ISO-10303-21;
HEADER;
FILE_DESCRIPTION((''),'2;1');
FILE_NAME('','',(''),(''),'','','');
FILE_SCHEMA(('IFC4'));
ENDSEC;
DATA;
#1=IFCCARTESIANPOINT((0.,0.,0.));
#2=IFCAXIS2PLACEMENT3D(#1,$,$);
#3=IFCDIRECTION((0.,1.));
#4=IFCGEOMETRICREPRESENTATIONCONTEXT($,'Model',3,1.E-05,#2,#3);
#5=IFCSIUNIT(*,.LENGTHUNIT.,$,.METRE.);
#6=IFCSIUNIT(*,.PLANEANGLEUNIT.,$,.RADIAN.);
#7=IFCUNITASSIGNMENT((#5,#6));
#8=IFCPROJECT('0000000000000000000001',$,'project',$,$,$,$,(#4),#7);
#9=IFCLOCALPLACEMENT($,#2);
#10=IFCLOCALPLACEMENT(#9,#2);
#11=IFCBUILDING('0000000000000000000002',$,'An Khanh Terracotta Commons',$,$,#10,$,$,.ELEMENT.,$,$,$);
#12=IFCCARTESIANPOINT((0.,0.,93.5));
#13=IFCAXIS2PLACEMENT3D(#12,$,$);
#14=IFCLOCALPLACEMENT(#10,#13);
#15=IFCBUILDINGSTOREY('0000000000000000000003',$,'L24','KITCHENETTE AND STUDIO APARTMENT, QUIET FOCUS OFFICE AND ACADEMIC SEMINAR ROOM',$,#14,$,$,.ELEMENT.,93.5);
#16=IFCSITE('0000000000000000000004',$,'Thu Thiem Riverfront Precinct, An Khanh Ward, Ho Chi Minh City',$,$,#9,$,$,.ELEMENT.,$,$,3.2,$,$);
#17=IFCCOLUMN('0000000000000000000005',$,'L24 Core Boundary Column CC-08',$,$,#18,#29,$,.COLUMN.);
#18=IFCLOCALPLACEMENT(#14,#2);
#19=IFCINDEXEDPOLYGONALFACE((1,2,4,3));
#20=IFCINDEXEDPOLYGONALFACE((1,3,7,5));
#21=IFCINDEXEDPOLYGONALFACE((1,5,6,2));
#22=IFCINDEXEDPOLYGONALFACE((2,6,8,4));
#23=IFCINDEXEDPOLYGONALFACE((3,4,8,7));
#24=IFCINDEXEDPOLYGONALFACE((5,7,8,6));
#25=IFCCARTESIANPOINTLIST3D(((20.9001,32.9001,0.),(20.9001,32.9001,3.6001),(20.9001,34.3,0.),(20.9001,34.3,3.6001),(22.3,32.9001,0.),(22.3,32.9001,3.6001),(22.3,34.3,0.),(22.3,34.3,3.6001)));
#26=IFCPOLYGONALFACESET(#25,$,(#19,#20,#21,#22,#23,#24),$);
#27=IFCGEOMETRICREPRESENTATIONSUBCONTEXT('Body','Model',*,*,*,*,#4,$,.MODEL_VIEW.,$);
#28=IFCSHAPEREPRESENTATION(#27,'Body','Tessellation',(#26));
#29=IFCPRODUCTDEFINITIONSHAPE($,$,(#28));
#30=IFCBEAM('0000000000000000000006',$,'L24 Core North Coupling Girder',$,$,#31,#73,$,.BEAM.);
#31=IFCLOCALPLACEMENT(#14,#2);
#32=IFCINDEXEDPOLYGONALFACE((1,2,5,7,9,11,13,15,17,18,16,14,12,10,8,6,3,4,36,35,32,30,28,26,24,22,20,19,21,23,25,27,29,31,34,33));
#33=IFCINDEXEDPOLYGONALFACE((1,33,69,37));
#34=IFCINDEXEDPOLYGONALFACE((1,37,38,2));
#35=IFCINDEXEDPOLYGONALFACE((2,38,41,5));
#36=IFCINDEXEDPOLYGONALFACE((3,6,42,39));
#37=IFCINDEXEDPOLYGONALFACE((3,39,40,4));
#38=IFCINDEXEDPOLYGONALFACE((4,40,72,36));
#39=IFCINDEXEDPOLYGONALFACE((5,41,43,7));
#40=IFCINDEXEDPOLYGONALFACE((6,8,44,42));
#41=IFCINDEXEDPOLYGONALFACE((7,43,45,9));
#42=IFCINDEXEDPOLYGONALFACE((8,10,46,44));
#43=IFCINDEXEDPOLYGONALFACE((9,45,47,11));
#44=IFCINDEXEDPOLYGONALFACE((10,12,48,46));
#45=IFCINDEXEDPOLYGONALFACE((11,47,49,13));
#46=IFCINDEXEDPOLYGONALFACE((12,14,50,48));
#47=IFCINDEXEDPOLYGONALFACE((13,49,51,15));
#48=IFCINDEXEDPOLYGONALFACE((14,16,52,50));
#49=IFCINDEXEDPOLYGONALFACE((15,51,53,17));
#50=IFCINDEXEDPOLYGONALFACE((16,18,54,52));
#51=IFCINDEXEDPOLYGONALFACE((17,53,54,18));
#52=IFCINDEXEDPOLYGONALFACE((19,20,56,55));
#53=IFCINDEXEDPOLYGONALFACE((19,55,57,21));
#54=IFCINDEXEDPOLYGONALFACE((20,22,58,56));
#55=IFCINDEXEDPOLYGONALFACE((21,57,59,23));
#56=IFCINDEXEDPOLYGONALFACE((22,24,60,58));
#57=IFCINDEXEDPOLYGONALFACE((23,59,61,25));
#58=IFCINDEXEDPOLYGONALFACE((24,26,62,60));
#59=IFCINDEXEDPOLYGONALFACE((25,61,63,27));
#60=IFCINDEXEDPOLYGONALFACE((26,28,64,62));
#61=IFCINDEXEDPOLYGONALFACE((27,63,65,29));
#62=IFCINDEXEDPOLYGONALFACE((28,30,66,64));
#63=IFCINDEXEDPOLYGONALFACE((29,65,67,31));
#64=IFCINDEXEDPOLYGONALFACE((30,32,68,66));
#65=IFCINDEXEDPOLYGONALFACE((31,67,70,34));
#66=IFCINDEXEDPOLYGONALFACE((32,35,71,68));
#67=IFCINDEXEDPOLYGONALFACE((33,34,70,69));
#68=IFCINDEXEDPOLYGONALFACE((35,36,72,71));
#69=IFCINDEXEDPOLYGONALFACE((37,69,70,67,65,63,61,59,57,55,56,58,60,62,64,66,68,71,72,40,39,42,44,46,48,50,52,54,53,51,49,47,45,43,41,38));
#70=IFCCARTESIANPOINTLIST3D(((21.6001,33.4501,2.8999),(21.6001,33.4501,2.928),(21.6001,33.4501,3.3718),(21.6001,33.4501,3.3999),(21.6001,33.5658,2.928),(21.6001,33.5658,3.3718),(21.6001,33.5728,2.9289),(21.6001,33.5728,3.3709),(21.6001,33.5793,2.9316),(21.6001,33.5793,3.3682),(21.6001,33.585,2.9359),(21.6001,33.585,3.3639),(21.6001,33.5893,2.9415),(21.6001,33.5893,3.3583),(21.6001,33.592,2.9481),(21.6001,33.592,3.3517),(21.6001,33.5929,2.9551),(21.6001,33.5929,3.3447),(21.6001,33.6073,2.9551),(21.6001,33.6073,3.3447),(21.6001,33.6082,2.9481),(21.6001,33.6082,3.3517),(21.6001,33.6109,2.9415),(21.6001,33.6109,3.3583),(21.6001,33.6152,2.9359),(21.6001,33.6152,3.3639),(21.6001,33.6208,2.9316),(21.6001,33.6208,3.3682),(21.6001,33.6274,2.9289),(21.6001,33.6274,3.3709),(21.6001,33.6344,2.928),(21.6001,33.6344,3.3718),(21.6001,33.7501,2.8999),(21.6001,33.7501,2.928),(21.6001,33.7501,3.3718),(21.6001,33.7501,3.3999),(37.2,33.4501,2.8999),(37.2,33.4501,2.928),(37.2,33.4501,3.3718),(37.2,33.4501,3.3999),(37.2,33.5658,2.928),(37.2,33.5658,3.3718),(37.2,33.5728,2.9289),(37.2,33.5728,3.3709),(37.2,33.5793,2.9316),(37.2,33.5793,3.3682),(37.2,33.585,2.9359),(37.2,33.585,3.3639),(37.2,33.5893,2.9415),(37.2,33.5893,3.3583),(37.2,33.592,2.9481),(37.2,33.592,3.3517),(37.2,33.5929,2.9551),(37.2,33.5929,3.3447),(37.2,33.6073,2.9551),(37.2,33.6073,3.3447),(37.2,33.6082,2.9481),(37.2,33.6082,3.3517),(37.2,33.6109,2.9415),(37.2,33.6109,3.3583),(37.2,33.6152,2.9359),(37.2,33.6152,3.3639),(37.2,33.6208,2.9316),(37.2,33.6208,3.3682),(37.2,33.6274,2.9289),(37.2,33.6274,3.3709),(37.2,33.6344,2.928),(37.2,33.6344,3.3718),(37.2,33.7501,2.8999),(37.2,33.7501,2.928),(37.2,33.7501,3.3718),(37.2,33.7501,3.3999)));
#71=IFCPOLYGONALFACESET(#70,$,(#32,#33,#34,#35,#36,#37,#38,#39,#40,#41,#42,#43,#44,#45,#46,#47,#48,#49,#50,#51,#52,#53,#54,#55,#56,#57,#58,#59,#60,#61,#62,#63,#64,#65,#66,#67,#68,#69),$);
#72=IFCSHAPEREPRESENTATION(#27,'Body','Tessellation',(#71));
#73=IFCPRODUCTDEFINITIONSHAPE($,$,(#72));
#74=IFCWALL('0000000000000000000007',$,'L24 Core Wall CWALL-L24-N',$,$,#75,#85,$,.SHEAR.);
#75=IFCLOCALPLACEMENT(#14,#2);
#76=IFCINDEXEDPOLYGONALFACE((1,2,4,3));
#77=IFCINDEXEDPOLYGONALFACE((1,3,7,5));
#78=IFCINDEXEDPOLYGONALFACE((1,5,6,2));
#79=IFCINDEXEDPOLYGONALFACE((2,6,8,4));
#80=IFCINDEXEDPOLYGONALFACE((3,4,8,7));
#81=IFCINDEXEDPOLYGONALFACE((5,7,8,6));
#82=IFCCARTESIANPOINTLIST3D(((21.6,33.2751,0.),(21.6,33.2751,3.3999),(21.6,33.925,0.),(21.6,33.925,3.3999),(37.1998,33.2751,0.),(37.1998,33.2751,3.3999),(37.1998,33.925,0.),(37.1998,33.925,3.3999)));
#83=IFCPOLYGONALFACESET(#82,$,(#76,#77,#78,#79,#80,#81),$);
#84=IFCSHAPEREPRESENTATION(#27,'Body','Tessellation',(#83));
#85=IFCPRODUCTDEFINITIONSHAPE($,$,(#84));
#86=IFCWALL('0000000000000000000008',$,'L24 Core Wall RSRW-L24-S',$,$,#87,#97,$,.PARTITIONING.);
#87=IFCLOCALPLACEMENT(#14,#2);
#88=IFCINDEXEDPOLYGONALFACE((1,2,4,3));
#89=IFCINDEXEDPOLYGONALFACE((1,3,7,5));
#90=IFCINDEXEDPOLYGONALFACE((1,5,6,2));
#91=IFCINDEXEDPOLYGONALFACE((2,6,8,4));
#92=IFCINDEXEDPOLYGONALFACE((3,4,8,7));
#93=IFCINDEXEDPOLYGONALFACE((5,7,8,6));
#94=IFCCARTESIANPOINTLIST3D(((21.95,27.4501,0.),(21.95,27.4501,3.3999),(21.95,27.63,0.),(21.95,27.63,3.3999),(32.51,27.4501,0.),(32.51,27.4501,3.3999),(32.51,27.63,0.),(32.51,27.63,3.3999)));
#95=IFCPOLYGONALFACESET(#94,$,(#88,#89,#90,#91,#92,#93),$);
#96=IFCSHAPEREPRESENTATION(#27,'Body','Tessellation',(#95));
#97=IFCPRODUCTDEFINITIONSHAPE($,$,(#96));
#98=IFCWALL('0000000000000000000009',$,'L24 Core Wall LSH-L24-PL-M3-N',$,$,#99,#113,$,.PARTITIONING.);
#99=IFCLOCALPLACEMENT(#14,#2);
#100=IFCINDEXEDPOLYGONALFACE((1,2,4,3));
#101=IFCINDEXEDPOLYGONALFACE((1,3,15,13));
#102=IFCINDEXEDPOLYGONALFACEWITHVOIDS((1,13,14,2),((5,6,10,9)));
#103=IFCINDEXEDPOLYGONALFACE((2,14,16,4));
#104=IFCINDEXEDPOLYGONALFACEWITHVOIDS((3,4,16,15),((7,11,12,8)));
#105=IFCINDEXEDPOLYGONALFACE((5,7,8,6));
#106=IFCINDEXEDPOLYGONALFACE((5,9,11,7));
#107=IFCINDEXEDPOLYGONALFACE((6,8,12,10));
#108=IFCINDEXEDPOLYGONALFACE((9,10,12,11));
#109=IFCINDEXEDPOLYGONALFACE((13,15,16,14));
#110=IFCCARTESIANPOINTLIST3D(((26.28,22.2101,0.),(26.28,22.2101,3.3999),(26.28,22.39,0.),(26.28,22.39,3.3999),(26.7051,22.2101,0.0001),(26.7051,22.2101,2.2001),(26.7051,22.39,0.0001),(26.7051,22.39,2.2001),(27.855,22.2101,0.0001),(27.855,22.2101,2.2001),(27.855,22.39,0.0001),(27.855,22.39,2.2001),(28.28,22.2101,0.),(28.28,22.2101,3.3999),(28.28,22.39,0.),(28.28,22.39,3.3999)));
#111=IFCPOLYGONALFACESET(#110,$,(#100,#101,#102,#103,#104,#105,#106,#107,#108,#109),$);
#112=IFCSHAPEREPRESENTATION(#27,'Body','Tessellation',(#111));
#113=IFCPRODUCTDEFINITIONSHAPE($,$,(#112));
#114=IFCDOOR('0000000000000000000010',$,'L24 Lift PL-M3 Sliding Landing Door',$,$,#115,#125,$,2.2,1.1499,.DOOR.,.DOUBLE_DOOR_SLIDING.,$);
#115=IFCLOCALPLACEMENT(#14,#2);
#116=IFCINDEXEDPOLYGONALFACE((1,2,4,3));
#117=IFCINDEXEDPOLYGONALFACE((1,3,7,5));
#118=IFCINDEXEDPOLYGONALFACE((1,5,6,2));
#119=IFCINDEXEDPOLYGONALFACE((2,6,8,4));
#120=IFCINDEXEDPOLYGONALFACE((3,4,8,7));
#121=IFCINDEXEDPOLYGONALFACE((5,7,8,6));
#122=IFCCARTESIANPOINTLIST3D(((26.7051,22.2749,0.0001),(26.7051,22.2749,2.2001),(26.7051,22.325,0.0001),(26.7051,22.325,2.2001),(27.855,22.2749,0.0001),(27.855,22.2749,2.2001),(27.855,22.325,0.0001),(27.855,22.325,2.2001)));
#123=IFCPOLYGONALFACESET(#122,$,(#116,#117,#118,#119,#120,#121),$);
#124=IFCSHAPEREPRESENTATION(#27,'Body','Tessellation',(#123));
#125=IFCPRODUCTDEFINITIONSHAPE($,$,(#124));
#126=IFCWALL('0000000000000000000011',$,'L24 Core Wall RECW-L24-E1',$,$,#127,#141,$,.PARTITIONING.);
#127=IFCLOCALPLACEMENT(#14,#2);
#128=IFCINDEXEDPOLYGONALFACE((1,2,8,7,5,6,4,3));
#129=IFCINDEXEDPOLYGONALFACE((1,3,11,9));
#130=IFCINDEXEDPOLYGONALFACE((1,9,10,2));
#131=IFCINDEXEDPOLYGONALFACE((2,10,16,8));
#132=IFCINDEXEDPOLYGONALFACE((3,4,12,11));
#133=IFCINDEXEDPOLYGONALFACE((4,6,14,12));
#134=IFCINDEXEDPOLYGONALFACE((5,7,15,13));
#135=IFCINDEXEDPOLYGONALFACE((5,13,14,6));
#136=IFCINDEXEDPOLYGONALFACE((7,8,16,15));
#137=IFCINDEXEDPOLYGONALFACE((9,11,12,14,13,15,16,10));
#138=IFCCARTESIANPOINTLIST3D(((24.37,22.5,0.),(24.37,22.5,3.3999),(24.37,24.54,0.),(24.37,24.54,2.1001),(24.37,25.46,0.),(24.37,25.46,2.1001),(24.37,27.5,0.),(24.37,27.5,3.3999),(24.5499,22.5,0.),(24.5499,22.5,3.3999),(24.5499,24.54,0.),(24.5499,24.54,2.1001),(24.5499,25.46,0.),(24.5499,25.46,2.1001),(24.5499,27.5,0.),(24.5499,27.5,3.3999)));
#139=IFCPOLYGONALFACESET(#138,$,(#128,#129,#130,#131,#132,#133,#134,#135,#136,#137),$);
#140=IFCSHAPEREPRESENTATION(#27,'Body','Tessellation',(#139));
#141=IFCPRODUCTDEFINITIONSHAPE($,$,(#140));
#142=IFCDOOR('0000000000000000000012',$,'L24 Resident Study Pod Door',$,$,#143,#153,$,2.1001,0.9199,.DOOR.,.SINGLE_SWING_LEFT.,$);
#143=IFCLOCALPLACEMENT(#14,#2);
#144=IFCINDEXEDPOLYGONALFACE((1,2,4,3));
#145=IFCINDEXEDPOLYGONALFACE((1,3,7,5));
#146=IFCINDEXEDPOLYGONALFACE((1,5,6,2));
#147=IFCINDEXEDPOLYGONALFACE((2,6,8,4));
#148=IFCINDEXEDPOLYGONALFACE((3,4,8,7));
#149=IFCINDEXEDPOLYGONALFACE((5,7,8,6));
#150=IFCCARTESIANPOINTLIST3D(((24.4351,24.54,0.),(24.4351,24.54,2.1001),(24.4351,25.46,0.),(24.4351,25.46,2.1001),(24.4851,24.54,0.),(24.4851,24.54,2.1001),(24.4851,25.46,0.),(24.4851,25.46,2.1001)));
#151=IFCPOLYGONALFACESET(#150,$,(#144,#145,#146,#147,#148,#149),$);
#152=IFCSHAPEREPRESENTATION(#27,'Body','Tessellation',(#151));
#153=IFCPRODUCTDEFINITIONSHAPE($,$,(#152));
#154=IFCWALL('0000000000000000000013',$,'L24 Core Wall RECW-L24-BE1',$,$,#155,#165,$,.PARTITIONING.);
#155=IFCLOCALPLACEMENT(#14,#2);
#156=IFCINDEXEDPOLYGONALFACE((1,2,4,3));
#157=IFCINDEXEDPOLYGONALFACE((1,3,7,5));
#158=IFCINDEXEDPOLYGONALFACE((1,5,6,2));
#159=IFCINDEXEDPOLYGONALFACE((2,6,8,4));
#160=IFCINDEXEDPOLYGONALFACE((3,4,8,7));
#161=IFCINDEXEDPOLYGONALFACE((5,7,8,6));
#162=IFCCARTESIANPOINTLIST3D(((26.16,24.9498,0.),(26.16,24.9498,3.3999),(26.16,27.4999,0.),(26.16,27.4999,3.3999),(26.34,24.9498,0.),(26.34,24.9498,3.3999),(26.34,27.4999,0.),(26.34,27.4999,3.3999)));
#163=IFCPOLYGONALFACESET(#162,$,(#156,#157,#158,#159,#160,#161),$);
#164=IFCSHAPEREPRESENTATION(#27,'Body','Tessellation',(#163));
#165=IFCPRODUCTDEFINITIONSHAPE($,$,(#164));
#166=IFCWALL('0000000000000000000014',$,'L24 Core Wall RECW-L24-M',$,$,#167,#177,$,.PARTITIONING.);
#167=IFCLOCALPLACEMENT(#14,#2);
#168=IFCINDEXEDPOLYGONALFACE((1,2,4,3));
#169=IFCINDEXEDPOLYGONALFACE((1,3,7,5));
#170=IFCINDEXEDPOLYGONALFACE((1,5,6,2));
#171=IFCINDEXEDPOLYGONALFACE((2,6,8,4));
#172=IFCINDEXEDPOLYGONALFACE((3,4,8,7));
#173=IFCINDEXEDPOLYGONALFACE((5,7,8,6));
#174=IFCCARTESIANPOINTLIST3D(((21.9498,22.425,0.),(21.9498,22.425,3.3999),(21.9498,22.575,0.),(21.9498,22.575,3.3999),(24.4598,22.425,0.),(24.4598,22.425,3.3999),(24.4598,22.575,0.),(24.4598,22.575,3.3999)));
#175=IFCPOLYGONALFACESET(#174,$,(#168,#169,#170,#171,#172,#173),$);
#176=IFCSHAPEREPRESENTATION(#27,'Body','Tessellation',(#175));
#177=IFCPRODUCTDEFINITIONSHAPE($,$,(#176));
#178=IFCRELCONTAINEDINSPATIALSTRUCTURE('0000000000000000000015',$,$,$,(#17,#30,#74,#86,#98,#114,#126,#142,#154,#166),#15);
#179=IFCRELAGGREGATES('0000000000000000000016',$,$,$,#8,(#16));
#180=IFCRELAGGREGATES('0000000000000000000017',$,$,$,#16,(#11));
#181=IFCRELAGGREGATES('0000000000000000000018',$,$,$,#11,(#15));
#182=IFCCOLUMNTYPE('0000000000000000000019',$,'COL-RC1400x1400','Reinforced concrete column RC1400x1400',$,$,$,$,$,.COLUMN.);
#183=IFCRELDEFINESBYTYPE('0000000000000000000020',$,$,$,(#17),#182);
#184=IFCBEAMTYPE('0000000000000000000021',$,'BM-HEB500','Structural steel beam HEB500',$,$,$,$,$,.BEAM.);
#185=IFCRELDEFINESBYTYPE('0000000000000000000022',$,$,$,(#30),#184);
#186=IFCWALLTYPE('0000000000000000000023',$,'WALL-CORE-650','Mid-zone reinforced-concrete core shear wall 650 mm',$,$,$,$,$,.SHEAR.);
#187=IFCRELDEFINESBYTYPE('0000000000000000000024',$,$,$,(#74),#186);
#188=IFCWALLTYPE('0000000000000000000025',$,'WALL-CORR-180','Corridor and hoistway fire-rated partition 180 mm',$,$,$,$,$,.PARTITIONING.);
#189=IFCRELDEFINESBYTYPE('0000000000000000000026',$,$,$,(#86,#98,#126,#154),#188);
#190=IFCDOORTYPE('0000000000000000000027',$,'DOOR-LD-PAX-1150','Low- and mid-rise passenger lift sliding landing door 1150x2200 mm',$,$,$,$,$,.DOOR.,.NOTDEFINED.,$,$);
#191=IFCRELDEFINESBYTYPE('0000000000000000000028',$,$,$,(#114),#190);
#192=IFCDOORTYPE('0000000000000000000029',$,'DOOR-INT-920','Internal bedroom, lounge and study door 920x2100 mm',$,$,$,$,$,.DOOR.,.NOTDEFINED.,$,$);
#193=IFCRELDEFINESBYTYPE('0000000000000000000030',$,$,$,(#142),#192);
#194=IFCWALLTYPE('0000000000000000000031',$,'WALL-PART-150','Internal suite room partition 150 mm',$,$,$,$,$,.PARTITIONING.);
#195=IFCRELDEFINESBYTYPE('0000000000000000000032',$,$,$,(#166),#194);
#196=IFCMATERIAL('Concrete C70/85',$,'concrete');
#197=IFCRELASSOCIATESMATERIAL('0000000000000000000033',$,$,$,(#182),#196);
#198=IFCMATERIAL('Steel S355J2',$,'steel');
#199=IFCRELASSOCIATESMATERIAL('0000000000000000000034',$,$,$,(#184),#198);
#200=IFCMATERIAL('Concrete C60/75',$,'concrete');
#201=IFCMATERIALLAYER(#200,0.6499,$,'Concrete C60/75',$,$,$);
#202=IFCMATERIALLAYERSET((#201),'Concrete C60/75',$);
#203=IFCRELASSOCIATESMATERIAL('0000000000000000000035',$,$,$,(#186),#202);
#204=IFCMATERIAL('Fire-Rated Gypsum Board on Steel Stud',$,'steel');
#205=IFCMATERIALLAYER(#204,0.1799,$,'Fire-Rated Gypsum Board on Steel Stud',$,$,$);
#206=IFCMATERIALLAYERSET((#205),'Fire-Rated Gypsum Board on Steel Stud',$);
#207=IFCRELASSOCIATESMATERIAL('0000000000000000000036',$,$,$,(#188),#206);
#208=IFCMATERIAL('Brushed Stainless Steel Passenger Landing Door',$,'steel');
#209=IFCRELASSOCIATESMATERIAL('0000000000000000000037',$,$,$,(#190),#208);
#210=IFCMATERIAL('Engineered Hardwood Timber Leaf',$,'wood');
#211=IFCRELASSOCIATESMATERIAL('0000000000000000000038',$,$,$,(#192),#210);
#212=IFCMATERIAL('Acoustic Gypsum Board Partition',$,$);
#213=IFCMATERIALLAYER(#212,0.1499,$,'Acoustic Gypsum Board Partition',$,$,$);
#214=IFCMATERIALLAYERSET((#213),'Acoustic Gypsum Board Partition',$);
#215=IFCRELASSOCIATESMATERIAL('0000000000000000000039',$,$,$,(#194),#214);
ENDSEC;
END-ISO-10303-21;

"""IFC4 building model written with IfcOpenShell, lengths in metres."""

from ifc_helpers import new_model, si_unit, direction, frame, frame_2d, origin, origin_2d, place, context, subcontext, project, spatial, rectangle, i_section, extrude, material, layer, layer_set, material_profile, profile_set, type_object, element, fill, save


model = new_model("IFC4")

# Units and contexts
model_context = context("Model", 3, precision=1e-05, world=origin(), true_north=direction((0.0, 1.0)))
body_context = subcontext(model_context, "Body", "Model", "MODEL_VIEW")
ifc_project = project(units=[si_unit("LENGTHUNIT", "METRE"), si_unit("PLANEANGLEUNIT", "RADIAN")], contexts=[model_context])

# Site, building, storey
site_placement = place(None, origin())
site = spatial("IfcSite", under=ifc_project, at=site_placement, Name="Thu Thiem Riverfront Precinct, An Khanh Ward, Ho Chi Minh City", CompositionType="ELEMENT", RefElevation=3.2)
building_placement = place(site_placement, origin())
building = spatial("IfcBuilding", under=site, at=building_placement, Name="An Khanh Terracotta Commons", CompositionType="ELEMENT")
storey_placement = place(building_placement, frame((0.0, 0.0, 93.5)))
storey = spatial("IfcBuildingStorey", under=building, at=storey_placement, Name="L24", Description="KITCHENETTE AND STUDIO APARTMENT, QUIET FOCUS OFFICE AND ACADEMIC SEMINAR ROOM", CompositionType="ELEMENT", Elevation=93.5)

# Column
ifc_material_1 = material(Name="Concrete C70/85", Category="concrete")
ifc_material_profile_1 = material_profile(ifc_material_1, rectangle(XDim=1.3999, YDim=1.3999, at=origin_2d()), Name="RC1400x1400")
ifc_profile_set_1 = profile_set([ifc_material_profile_1], Name="Concrete C70/85")
column_type = type_object("IfcColumnType", Name="COL-RC1400x1400", Description="Reinforced concrete column RC1400x1400", PredefinedType="COLUMN", material=ifc_profile_set_1)
column_placement = place(storey_placement, frame((21.6001, 33.6001, 0.0), z_axis=(0.0, 0.0, 1.0), x_axis=(1.0, 0.0, 0.0)))
element("IfcColumn", 1, at=column_placement, inside=storey, type_object=column_type, Name="L24 Core Boundary Column CC-08", PredefinedType="COLUMN", context=body_context, shape_type="SweptSolid", body=[
    extrude(rectangle(XDim=1.3999, YDim=1.3999, at=origin_2d()), origin(), (0.0, 0.0, 1.0), 3.6001),
])

# Beam
ifc_material_2 = material(Name="Steel S355J2", Category="steel")
ifc_material_profile_2 = material_profile(ifc_material_2, i_section(OverallWidth=0.3, OverallDepth=0.5, WebThickness=0.0144, FlangeThickness=0.0281, FilletRadius=0.0271, at=origin_2d()), Name="HEB500")
ifc_profile_set_2 = profile_set([ifc_material_profile_2], Name="Steel S355J2")
beam_type = type_object("IfcBeamType", Name="BM-HEB500", Description="Structural steel beam HEB500", PredefinedType="BEAM", material=ifc_profile_set_2)
beam_placement = place(storey_placement, frame((21.6001, 33.6001, 3.1499), z_axis=(1.0, 0.0, 0.0), x_axis=(0.0, 1.0, 0.0)))
element("IfcBeam", 2, at=beam_placement, inside=storey, type_object=beam_type, Name="L24 Core North Coupling Girder", PredefinedType="BEAM", context=body_context, shape_type="SweptSolid", body=[
    extrude(i_section(OverallWidth=0.3, OverallDepth=0.5, WebThickness=0.0144, FlangeThickness=0.0281, FilletRadius=0.0271, at=origin_2d()), origin(), (0.0, 0.0, 1.0), 15.5999),
])

# Walls
ifc_material_3 = material(Name="Concrete C60/75", Category="concrete")
ifc_layer_1 = layer(ifc_material_3, 0.6499, Name="Concrete C60/75")
ifc_layer_set_1 = layer_set([ifc_layer_1], Name="Concrete C60/75")
wall_type_1 = type_object("IfcWallType", Name="WALL-CORE-650", Description="Mid-zone reinforced-concrete core shear wall 650 mm", PredefinedType="SHEAR", material=ifc_layer_set_1)
wall_1_placement = place(storey_placement, frame((21.6001, 33.6001, 0.0), z_axis=(0.0, 0.0, 1.0), x_axis=(1.0, 0.0, 0.0)))
element("IfcWall", 3, at=wall_1_placement, inside=storey, type_object=wall_type_1, Name="L24 Core Wall CWALL-L24-N", PredefinedType="SHEAR", context=body_context, shape_type="SweptSolid", body=[
    extrude(rectangle(XDim=15.5999, YDim=0.6499, at=frame_2d((7.7998, 0.0))), origin(), (0.0, 0.0, 1.0), 3.3999),
])
ifc_material_4 = material(Name="Fire-Rated Gypsum Board on Steel Stud", Category="steel")
ifc_layer_2 = layer(ifc_material_4, 0.1799, Name="Fire-Rated Gypsum Board on Steel Stud")
ifc_layer_set_2 = layer_set([ifc_layer_2], Name="Fire-Rated Gypsum Board on Steel Stud")
wall_type_2 = type_object("IfcWallType", Name="WALL-CORR-180", Description="Corridor and hoistway fire-rated partition 180 mm", PredefinedType="PARTITIONING", material=ifc_layer_set_2)
wall_2_placement = place(storey_placement, frame((21.95, 27.54, 0.0), z_axis=(0.0, 0.0, 1.0), x_axis=(1.0, 0.0, 0.0)))
element("IfcWall", 4, at=wall_2_placement, inside=storey, type_object=wall_type_2, Name="L24 Core Wall RSRW-L24-S", PredefinedType="PARTITIONING", context=body_context, shape_type="SweptSolid", body=[
    extrude(rectangle(XDim=10.5601, YDim=0.1799, at=frame_2d((5.28, 0.0))), origin(), (0.0, 0.0, 1.0), 3.3999),
])

# Walls, openings, doors
wall_3_placement = place(storey_placement, frame((26.28, 22.3, 0.0), z_axis=(0.0, 0.0, 1.0), x_axis=(1.0, 0.0, 0.0)))
wall_3 = element("IfcWall", 5, at=wall_3_placement, inside=storey, type_object=wall_type_2, Name="L24 Core Wall LSH-L24-PL-M3-N", PredefinedType="PARTITIONING", context=body_context, shape_type="SweptSolid", body=[
    extrude(rectangle(XDim=2.0, YDim=0.1799, at=frame_2d((1.0, 0.0))), origin(), (0.0, 0.0, 1.0), 3.3999),
])
opening_1_placement = place(wall_3_placement, frame((0.425, 0.0, 0.0)))
opening_1 = element("IfcOpeningElement", 6, at=opening_1_placement, cuts=wall_3, PredefinedType="OPENING", context=body_context, shape_type="SweptSolid", body=[
    extrude(rectangle(XDim=1.1499, YDim=2.2, at=frame_2d((0.575, 1.1001))), frame((0.0, 0.0999, 0.0), z_axis=(0.0, -1.0, 0.0), x_axis=(1.0, 0.0, 0.0)), (0.0, 0.0, 1.0), 0.2),
])
ifc_material_5 = material(Name="Brushed Stainless Steel Passenger Landing Door", Category="steel")
door_type_1 = type_object("IfcDoorType", Name="DOOR-LD-PAX-1150", Description="Low- and mid-rise passenger lift sliding landing door 1150x2200 mm", OperationType="NOTDEFINED", PredefinedType="DOOR", material=ifc_material_5)
door_1_placement = place(opening_1_placement, origin())
door_1 = element("IfcDoor", 7, at=door_1_placement, inside=storey, type_object=door_type_1, Name="L24 Lift PL-M3 Sliding Landing Door", OperationType="DOUBLE_DOOR_SLIDING", OverallHeight=2.2, OverallWidth=1.1499, PredefinedType="DOOR", context=body_context, shape_type="SweptSolid", body=[
    extrude(rectangle(XDim=1.1499, YDim=2.2, at=frame_2d((0.575, 1.1001))), frame((0.0, 0.0249, 0.0), z_axis=(0.0, -1.0, 0.0), x_axis=(1.0, 0.0, 0.0)), (0.0, 0.0, 1.0), 0.05),
])
fill(opening_1, door_1)
wall_4_placement = place(storey_placement, frame((24.46, 22.5, 0.0), z_axis=(0.0, 0.0, 1.0), x_axis=(0.0, 1.0, 0.0)))
wall_4 = element("IfcWall", 8, at=wall_4_placement, inside=storey, type_object=wall_type_2, Name="L24 Core Wall RECW-L24-E1", PredefinedType="PARTITIONING", context=body_context, shape_type="SweptSolid", body=[
    extrude(rectangle(XDim=5.0, YDim=0.1799, at=frame_2d((2.5, 0.0))), origin(), (0.0, 0.0, 1.0), 3.3999),
])
opening_2_placement = place(wall_4_placement, frame((2.04, 0.0, 0.0)))
opening_2 = element("IfcOpeningElement", 9, at=opening_2_placement, cuts=wall_4, PredefinedType="OPENING", context=body_context, shape_type="SweptSolid", body=[
    extrude(rectangle(XDim=0.9199, YDim=2.1001, at=frame_2d((0.46, 1.05))), frame((0.0, 0.0999, 0.0), z_axis=(0.0, -1.0, 0.0), x_axis=(1.0, 0.0, 0.0)), (0.0, 0.0, 1.0), 0.2),
])
ifc_material_6 = material(Name="Engineered Hardwood Timber Leaf", Category="wood")
door_type_2 = type_object("IfcDoorType", Name="DOOR-INT-920", Description="Internal bedroom, lounge and study door 920x2100 mm", OperationType="NOTDEFINED", PredefinedType="DOOR", material=ifc_material_6)
door_2_placement = place(opening_2_placement, origin())
door_2 = element("IfcDoor", 10, at=door_2_placement, inside=storey, type_object=door_type_2, Name="L24 Resident Study Pod Door", OperationType="SINGLE_SWING_LEFT", OverallHeight=2.1001, OverallWidth=0.9199, PredefinedType="DOOR", context=body_context, shape_type="SweptSolid", body=[
    extrude(rectangle(XDim=0.9199, YDim=2.1001, at=frame_2d((0.46, 1.05))), frame((0.0, 0.0249, 0.0), z_axis=(0.0, -1.0, 0.0), x_axis=(1.0, 0.0, 0.0)), (0.0, 0.0, 1.0), 0.05),
])
fill(opening_2, door_2)

# Walls
wall_5_placement = place(storey_placement, frame((26.25, 24.95, 0.0), z_axis=(0.0, 0.0, 1.0), x_axis=(0.0, 1.0, 0.0)))
element("IfcWall", 11, at=wall_5_placement, inside=storey, type_object=wall_type_2, Name="L24 Core Wall RECW-L24-BE1", PredefinedType="PARTITIONING", context=body_context, shape_type="SweptSolid", body=[
    extrude(rectangle(XDim=2.55, YDim=0.1799, at=frame_2d((1.2749, 0.0))), origin(), (0.0, 0.0, 1.0), 3.3999),
])
ifc_material_7 = material(Name="Acoustic Gypsum Board Partition")
ifc_layer_3 = layer(ifc_material_7, 0.1499, Name="Acoustic Gypsum Board Partition")
ifc_layer_set_3 = layer_set([ifc_layer_3], Name="Acoustic Gypsum Board Partition")
wall_type_3 = type_object("IfcWallType", Name="WALL-PART-150", Description="Internal suite room partition 150 mm", PredefinedType="PARTITIONING", material=ifc_layer_set_3)
wall_6_placement = place(storey_placement, frame((21.95, 22.5, 0.0), z_axis=(0.0, 0.0, 1.0), x_axis=(1.0, 0.0, 0.0)))
element("IfcWall", 12, at=wall_6_placement, inside=storey, type_object=wall_type_3, Name="L24 Core Wall RECW-L24-M", PredefinedType="PARTITIONING", context=body_context, shape_type="SweptSolid", body=[
    extrude(rectangle(XDim=2.51, YDim=0.1499, at=frame_2d((1.2549, 0.0))), origin(), (0.0, 0.0, 1.0), 3.3999),
])

save(model, "model.ifc")
